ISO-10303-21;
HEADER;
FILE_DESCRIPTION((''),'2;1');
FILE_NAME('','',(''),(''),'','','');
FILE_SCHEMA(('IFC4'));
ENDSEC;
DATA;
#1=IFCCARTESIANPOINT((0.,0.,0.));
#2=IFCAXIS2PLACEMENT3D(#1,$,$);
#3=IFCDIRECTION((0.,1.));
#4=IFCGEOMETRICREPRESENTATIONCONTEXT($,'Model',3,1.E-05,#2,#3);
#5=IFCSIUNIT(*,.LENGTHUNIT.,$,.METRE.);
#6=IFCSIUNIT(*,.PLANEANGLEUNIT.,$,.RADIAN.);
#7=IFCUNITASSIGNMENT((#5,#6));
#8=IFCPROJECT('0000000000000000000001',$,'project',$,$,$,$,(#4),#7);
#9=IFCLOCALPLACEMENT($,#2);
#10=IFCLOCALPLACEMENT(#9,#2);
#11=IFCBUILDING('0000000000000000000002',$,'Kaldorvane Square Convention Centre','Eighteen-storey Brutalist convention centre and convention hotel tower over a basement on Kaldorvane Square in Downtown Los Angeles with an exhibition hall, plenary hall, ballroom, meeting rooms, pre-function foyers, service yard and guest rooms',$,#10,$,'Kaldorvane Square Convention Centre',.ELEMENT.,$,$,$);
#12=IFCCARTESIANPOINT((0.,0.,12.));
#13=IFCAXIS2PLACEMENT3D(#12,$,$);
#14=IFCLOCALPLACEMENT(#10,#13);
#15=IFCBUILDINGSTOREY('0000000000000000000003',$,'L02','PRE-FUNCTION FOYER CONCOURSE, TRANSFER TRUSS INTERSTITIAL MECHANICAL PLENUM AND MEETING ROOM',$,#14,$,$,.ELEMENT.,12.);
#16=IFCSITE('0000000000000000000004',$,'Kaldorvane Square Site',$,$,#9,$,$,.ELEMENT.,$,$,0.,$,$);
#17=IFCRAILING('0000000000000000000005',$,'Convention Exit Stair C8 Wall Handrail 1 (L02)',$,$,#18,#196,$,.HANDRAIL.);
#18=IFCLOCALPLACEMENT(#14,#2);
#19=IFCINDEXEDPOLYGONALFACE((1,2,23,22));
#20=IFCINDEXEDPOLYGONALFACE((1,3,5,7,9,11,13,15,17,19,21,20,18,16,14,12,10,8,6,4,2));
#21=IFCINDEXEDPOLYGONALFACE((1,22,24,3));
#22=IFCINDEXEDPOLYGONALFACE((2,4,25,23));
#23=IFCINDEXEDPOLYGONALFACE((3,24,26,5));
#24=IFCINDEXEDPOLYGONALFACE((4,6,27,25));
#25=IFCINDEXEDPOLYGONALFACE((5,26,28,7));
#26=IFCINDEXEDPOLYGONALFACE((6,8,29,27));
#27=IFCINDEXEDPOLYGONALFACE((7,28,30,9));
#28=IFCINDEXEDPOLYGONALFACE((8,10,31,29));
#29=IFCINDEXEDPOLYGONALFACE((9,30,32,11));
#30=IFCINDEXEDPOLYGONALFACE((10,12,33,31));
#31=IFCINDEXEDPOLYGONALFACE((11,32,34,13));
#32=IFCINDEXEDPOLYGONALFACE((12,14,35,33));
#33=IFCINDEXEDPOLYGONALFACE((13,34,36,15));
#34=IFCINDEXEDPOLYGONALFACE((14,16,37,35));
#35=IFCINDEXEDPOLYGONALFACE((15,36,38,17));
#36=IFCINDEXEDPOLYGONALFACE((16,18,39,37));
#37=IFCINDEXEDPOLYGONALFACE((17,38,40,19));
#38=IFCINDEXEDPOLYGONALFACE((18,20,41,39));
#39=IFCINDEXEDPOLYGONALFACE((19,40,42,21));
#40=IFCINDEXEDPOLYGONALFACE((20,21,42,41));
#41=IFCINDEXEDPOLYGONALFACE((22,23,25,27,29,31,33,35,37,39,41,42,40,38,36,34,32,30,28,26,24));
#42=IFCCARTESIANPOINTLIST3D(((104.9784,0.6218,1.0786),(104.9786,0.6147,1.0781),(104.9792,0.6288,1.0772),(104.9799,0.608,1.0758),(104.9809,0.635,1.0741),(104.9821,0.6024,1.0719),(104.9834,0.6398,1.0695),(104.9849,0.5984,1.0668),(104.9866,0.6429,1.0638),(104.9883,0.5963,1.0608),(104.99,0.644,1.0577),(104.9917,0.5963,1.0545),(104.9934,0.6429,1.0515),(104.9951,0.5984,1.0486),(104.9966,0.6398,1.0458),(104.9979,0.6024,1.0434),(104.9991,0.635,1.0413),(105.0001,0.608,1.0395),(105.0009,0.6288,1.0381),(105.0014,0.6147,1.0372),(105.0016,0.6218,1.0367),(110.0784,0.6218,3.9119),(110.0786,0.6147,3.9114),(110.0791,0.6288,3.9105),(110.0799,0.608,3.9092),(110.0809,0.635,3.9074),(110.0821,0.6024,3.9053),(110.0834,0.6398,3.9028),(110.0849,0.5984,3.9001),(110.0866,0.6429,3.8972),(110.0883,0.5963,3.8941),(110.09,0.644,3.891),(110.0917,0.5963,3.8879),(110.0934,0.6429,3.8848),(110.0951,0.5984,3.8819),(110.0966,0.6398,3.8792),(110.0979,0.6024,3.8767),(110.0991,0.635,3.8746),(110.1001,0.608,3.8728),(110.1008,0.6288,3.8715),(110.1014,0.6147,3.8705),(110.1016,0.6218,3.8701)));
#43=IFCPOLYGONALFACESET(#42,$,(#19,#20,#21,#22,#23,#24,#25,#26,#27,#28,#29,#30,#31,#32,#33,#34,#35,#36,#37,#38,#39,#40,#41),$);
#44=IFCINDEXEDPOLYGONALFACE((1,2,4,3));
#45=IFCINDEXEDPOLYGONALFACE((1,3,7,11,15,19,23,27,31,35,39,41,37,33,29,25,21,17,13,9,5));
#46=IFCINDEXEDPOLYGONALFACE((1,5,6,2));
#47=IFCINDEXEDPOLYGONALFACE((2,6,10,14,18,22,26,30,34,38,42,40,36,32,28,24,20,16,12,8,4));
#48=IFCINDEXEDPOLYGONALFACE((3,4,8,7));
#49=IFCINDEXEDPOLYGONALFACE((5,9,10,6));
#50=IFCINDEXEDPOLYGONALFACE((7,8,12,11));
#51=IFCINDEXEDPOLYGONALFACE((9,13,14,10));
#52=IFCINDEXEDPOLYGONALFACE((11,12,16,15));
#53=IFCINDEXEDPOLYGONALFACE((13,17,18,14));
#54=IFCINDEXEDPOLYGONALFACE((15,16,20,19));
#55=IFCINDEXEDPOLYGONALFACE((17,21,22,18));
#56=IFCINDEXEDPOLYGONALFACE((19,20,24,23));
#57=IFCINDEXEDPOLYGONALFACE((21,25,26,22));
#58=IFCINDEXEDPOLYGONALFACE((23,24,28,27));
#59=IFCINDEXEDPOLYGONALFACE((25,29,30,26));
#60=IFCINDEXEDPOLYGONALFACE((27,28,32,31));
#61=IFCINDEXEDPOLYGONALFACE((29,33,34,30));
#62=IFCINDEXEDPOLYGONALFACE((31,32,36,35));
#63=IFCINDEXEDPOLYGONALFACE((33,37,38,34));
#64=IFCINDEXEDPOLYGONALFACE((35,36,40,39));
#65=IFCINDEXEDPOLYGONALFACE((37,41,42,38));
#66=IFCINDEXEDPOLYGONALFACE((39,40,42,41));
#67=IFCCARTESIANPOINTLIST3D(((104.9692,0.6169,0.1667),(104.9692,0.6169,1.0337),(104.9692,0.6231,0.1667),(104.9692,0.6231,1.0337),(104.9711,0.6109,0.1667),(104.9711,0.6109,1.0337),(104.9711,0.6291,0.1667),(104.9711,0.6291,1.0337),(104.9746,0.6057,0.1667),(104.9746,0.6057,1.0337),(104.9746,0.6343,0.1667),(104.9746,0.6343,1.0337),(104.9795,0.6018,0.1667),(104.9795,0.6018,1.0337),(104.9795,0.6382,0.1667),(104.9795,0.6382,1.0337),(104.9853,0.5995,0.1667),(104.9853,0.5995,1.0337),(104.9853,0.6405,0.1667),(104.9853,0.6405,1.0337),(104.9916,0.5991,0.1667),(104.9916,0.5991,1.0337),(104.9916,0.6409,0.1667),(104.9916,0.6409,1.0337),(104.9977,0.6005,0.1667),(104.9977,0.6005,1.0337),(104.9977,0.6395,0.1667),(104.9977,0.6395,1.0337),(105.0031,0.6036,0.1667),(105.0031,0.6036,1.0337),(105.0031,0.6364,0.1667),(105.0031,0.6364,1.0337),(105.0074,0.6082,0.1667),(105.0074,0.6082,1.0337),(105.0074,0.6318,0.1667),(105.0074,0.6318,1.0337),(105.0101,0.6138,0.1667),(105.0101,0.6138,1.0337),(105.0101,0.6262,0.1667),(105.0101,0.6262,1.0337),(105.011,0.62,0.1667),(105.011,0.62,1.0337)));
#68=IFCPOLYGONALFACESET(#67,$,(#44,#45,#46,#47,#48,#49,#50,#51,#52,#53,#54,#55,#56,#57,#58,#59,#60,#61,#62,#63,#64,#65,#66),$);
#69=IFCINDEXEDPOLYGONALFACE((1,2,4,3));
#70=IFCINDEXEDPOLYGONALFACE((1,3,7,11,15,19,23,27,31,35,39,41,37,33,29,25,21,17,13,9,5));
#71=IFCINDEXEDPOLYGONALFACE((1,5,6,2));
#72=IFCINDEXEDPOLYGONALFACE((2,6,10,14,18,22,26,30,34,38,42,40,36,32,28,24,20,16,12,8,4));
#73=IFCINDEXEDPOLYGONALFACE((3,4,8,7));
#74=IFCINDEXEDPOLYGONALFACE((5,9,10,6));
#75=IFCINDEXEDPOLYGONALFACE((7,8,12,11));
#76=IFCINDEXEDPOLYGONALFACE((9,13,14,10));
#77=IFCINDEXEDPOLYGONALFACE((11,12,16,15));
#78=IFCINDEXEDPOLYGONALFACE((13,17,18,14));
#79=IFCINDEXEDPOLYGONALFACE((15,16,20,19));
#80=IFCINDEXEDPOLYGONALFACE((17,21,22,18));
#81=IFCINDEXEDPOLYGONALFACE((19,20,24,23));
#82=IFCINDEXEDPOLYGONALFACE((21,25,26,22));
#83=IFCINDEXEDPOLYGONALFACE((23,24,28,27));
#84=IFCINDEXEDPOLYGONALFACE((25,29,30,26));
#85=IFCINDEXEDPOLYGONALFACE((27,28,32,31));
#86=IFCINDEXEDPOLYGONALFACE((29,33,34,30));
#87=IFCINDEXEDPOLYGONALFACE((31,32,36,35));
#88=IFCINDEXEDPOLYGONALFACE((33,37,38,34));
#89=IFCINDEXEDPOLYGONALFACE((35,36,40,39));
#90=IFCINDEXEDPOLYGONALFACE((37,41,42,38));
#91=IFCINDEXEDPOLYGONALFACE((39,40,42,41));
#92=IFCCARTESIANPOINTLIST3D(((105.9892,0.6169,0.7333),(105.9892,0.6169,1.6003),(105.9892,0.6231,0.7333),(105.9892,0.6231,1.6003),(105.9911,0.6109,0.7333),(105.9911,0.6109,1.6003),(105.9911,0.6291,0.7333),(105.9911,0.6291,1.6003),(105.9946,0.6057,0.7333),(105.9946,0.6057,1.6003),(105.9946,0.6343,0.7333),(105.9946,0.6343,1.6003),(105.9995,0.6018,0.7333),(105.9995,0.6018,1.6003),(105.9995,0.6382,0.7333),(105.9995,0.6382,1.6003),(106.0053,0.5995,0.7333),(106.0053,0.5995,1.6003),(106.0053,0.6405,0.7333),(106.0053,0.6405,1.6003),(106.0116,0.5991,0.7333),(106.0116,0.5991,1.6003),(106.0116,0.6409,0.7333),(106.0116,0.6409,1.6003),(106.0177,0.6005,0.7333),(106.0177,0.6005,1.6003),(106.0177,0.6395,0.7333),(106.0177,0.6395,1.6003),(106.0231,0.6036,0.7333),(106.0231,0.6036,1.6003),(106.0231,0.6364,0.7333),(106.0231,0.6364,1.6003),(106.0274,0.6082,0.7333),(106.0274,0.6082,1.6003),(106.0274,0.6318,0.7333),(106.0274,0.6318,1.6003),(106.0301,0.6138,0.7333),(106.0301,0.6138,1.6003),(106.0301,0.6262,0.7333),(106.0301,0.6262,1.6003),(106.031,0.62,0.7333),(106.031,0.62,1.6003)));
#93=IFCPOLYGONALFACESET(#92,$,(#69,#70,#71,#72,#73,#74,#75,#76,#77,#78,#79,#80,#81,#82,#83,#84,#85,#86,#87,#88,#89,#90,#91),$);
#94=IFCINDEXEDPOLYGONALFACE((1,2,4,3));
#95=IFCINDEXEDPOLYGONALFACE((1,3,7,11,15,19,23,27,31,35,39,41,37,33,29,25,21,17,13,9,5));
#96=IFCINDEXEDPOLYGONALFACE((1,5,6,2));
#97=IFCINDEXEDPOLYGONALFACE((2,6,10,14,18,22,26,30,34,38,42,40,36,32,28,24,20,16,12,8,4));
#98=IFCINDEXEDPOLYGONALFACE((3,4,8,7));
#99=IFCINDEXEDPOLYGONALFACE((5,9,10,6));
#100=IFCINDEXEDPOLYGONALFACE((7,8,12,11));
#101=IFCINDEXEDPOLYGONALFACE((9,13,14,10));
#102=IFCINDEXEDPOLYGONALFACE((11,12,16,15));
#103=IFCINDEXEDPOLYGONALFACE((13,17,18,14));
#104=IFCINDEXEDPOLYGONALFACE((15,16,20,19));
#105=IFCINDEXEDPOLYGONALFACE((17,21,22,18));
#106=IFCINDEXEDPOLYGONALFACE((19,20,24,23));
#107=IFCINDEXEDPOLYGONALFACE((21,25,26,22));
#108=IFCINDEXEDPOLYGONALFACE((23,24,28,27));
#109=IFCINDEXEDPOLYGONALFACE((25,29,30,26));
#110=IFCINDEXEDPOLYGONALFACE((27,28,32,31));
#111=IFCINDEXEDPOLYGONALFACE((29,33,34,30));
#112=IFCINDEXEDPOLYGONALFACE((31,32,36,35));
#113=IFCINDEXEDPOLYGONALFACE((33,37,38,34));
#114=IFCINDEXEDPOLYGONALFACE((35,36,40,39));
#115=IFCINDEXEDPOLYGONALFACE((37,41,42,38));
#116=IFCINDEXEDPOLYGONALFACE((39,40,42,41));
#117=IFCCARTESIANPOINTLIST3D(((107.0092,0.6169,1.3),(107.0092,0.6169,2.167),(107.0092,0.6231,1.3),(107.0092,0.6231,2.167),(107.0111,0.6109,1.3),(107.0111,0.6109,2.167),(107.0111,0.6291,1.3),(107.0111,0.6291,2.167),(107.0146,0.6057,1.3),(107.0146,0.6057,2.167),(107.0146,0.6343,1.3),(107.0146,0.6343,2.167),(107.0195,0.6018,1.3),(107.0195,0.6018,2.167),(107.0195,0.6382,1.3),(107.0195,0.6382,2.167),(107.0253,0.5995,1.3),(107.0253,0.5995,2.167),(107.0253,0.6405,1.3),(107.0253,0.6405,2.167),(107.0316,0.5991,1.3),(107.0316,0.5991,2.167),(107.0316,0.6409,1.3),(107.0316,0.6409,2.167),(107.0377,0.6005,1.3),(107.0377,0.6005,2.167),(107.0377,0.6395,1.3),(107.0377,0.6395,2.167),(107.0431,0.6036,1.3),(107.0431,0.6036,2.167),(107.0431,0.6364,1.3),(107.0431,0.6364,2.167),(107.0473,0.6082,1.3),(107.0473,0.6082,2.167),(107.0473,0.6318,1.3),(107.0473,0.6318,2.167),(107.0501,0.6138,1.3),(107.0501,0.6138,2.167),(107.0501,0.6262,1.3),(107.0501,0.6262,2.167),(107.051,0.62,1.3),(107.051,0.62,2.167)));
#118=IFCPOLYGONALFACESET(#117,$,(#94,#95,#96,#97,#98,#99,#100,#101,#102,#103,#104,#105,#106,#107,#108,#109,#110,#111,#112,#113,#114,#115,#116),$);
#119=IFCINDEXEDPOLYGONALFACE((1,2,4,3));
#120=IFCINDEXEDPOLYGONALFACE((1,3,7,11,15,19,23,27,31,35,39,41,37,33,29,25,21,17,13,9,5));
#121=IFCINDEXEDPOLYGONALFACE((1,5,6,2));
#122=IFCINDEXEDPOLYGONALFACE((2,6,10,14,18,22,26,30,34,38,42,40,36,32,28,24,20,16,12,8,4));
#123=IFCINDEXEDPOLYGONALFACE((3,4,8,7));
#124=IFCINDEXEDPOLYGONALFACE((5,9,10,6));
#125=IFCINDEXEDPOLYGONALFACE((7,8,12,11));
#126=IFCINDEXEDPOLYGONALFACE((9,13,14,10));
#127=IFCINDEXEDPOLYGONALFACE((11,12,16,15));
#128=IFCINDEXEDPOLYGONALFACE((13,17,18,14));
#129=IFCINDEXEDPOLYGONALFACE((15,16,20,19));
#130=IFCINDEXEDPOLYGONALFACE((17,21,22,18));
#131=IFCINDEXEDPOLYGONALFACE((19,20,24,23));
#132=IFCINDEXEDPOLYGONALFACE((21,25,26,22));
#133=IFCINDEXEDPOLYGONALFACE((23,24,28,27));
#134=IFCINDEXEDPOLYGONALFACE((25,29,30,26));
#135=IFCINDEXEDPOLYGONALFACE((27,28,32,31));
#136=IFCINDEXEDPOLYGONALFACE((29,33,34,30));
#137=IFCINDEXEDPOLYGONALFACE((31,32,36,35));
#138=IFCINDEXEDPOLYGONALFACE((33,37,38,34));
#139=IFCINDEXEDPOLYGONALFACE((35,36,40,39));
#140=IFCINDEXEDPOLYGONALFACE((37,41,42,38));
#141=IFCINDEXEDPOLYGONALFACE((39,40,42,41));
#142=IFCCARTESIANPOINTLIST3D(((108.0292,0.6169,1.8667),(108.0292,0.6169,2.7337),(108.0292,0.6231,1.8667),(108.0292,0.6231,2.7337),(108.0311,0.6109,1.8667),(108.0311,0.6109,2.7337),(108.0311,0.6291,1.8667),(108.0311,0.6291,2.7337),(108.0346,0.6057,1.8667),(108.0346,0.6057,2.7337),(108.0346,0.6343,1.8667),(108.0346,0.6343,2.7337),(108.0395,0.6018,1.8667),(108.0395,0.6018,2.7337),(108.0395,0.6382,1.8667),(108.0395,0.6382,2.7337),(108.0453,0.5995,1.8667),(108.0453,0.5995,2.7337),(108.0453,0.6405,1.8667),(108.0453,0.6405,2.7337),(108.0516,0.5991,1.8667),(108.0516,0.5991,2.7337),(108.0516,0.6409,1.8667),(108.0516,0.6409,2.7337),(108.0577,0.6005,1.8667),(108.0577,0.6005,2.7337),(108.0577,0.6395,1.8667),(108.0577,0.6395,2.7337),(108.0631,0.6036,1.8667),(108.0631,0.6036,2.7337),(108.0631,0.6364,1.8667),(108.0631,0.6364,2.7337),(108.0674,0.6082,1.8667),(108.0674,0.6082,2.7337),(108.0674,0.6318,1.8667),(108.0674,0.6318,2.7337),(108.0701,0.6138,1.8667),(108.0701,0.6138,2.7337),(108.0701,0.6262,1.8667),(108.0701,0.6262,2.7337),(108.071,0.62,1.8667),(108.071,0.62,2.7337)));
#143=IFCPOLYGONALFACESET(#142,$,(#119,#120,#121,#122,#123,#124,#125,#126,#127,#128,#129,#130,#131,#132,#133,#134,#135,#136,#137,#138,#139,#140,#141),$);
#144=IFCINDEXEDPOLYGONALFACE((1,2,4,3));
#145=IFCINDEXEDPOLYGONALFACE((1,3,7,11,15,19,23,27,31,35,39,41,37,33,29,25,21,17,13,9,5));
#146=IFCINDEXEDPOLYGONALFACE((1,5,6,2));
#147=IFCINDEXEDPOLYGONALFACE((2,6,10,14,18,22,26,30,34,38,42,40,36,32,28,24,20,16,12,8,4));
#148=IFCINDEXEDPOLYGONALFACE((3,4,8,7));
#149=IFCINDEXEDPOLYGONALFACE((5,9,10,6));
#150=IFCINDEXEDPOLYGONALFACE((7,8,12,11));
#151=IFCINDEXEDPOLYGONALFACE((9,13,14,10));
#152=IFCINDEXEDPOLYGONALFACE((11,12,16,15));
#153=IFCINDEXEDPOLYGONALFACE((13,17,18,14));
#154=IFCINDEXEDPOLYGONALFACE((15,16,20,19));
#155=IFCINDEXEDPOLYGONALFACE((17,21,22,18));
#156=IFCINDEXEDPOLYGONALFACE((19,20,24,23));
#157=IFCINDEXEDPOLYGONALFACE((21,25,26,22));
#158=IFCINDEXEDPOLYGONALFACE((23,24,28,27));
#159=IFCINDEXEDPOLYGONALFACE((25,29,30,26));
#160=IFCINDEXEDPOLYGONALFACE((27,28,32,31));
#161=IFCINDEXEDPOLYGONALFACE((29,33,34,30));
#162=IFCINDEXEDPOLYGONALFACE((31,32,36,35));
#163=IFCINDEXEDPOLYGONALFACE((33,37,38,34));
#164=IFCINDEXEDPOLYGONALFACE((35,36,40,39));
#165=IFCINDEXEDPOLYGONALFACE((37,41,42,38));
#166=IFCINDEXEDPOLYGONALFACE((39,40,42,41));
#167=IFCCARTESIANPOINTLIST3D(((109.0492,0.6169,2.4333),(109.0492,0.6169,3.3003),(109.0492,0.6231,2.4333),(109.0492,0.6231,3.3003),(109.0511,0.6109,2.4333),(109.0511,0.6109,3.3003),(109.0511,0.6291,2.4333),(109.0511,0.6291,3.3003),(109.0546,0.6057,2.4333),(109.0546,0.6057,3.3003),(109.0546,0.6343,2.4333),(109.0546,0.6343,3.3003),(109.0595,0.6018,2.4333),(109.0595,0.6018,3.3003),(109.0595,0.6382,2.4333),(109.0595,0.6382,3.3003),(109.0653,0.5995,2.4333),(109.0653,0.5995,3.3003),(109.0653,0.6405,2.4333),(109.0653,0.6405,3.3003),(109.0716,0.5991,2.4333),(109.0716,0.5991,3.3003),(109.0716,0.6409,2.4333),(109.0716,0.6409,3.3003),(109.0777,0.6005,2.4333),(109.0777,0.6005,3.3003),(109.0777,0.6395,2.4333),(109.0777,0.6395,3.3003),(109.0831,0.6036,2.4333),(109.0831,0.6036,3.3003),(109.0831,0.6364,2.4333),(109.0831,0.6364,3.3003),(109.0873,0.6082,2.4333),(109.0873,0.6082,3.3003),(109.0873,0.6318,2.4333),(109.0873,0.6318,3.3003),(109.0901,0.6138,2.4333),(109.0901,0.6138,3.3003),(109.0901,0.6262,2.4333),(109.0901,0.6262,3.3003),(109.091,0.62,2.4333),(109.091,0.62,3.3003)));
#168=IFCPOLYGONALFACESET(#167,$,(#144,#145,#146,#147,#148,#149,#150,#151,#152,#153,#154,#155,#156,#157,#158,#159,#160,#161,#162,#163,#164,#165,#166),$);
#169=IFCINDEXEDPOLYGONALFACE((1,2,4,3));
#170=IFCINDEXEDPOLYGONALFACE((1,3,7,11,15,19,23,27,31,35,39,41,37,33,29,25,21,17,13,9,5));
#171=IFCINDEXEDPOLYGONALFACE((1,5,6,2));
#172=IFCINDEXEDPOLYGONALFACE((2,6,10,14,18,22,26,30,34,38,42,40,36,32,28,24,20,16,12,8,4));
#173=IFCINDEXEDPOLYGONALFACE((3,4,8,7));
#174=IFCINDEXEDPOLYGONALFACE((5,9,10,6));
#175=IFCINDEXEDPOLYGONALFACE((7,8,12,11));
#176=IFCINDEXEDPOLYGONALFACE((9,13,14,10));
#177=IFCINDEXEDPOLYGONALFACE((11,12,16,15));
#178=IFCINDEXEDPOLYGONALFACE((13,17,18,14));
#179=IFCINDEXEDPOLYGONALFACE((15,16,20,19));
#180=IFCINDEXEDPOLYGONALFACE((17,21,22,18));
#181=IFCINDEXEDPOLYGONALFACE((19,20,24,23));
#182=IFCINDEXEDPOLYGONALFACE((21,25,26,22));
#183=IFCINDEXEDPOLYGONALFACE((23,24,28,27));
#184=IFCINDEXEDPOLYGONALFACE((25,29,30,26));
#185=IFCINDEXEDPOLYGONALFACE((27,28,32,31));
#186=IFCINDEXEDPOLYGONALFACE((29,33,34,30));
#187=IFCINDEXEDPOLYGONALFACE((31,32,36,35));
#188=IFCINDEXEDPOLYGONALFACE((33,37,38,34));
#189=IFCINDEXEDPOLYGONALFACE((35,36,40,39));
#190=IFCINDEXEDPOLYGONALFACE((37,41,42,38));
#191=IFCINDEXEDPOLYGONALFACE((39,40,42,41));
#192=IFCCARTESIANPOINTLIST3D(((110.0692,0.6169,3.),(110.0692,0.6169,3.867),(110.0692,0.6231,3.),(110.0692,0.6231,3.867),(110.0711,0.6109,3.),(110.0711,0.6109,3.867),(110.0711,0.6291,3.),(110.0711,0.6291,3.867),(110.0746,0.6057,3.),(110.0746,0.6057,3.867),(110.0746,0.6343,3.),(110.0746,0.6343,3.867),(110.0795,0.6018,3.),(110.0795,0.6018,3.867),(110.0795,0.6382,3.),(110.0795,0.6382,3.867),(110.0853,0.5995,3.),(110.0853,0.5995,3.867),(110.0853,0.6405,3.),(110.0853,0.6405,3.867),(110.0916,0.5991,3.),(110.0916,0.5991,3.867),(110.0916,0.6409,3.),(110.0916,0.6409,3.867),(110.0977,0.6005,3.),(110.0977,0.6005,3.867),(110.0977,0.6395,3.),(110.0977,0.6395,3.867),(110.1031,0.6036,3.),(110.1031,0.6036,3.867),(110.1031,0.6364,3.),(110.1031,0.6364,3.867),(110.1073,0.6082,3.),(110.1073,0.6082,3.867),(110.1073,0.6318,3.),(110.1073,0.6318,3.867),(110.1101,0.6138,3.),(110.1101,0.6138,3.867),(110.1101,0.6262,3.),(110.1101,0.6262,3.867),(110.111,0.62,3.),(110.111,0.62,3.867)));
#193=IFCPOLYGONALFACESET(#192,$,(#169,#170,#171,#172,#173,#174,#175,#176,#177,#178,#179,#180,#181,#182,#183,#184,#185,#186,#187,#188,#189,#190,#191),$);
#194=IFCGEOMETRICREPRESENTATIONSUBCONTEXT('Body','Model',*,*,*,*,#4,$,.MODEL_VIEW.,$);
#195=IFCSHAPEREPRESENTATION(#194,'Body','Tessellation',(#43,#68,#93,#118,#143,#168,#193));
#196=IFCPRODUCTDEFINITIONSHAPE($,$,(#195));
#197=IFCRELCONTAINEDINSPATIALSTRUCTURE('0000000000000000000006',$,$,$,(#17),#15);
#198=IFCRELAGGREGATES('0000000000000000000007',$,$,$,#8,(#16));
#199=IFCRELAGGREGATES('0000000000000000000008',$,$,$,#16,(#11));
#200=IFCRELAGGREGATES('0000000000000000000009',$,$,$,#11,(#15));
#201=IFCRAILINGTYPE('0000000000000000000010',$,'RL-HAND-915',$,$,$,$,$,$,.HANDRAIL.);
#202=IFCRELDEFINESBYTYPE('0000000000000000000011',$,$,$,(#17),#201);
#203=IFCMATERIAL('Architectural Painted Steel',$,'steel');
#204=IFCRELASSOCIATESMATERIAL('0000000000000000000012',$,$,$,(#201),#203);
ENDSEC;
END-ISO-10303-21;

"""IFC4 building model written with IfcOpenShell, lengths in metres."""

from ifc_helpers import new_model, si_unit, direction, frame, origin, origin_2d, place, context, subcontext, project, spatial, circle, extrude, material, type_object, element, save


model = new_model("IFC4")

# Units and contexts
model_context = context("Model", 3, precision=1e-05, world=origin(), true_north=direction((0.0, 1.0)))
body_context = subcontext(model_context, "Body", "Model", "MODEL_VIEW")
ifc_project = project(units=[si_unit("LENGTHUNIT", "METRE"), si_unit("PLANEANGLEUNIT", "RADIAN")], contexts=[model_context])

# Site, building, storey
site_placement = place(None, origin())
site = spatial("IfcSite", under=ifc_project, at=site_placement, Name="Kaldorvane Square Site", CompositionType="ELEMENT", RefElevation=0.0)
building_placement = place(site_placement, origin())
building = spatial("IfcBuilding", under=site, at=building_placement, Name="Kaldorvane Square Convention Centre", Description="Eighteen-storey Brutalist convention centre and convention hotel tower over a basement on Kaldorvane Square in Downtown Los Angeles with an exhibition hall, plenary hall, ballroom, meeting rooms, pre-function foyers, service yard and guest rooms", LongName="Kaldorvane Square Convention Centre", CompositionType="ELEMENT")
storey_placement = place(building_placement, frame((0.0, 0.0, 12.0)))
storey = spatial("IfcBuildingStorey", under=building, at=storey_placement, Name="L02", Description="PRE-FUNCTION FOYER CONCOURSE, TRANSFER TRUSS INTERSTITIAL MECHANICAL PLENUM AND MEETING ROOM", CompositionType="ELEMENT", Elevation=12.0)

# Railing
ifc_material_1 = material(Name="Architectural Painted Steel", Category="steel")
railing_type_1 = type_object("IfcRailingType", Name="RL-HAND-915", PredefinedType="HANDRAIL", material=ifc_material_1)
railing_1_placement = place(storey_placement, frame((104.99, 0.62, 0.1667)))
element("IfcRailing", 1, at=railing_1_placement, inside=storey, type_object=railing_type_1, Name="Convention Exit Stair C8 Wall Handrail 1 (L02)", PredefinedType="HANDRAIL", context=body_context, shape_type="SweptSolid", body=[
    extrude(circle(Radius=0.024, at=origin_2d()), frame((0.0, 0.0, 0.891), z_axis=(0.874157, 0.0, 0.485643), x_axis=(0.0, 1.0, 0.0)), (0.0, 0.0, 1.0), 5.8342),
    extrude(circle(Radius=0.021, at=origin_2d()), origin(), (0.0, 0.0, 1.0), 0.867),
    extrude(circle(Radius=0.021, at=origin_2d()), frame((1.02, 0.0, 0.5667)), (0.0, 0.0, 1.0), 0.867),
    extrude(circle(Radius=0.021, at=origin_2d()), frame((2.04, 0.0, 1.1333)), (0.0, 0.0, 1.0), 0.867),
    extrude(circle(Radius=0.021, at=origin_2d()), frame((3.06, 0.0, 1.7)), (0.0, 0.0, 1.0), 0.867),
    extrude(circle(Radius=0.021, at=origin_2d()), frame((4.08, 0.0, 2.2667)), (0.0, 0.0, 1.0), 0.867),
    extrude(circle(Radius=0.021, at=origin_2d()), frame((5.1, 0.0, 2.8333)), (0.0, 0.0, 1.0), 0.867),
])

save(model, "model.ifc")
